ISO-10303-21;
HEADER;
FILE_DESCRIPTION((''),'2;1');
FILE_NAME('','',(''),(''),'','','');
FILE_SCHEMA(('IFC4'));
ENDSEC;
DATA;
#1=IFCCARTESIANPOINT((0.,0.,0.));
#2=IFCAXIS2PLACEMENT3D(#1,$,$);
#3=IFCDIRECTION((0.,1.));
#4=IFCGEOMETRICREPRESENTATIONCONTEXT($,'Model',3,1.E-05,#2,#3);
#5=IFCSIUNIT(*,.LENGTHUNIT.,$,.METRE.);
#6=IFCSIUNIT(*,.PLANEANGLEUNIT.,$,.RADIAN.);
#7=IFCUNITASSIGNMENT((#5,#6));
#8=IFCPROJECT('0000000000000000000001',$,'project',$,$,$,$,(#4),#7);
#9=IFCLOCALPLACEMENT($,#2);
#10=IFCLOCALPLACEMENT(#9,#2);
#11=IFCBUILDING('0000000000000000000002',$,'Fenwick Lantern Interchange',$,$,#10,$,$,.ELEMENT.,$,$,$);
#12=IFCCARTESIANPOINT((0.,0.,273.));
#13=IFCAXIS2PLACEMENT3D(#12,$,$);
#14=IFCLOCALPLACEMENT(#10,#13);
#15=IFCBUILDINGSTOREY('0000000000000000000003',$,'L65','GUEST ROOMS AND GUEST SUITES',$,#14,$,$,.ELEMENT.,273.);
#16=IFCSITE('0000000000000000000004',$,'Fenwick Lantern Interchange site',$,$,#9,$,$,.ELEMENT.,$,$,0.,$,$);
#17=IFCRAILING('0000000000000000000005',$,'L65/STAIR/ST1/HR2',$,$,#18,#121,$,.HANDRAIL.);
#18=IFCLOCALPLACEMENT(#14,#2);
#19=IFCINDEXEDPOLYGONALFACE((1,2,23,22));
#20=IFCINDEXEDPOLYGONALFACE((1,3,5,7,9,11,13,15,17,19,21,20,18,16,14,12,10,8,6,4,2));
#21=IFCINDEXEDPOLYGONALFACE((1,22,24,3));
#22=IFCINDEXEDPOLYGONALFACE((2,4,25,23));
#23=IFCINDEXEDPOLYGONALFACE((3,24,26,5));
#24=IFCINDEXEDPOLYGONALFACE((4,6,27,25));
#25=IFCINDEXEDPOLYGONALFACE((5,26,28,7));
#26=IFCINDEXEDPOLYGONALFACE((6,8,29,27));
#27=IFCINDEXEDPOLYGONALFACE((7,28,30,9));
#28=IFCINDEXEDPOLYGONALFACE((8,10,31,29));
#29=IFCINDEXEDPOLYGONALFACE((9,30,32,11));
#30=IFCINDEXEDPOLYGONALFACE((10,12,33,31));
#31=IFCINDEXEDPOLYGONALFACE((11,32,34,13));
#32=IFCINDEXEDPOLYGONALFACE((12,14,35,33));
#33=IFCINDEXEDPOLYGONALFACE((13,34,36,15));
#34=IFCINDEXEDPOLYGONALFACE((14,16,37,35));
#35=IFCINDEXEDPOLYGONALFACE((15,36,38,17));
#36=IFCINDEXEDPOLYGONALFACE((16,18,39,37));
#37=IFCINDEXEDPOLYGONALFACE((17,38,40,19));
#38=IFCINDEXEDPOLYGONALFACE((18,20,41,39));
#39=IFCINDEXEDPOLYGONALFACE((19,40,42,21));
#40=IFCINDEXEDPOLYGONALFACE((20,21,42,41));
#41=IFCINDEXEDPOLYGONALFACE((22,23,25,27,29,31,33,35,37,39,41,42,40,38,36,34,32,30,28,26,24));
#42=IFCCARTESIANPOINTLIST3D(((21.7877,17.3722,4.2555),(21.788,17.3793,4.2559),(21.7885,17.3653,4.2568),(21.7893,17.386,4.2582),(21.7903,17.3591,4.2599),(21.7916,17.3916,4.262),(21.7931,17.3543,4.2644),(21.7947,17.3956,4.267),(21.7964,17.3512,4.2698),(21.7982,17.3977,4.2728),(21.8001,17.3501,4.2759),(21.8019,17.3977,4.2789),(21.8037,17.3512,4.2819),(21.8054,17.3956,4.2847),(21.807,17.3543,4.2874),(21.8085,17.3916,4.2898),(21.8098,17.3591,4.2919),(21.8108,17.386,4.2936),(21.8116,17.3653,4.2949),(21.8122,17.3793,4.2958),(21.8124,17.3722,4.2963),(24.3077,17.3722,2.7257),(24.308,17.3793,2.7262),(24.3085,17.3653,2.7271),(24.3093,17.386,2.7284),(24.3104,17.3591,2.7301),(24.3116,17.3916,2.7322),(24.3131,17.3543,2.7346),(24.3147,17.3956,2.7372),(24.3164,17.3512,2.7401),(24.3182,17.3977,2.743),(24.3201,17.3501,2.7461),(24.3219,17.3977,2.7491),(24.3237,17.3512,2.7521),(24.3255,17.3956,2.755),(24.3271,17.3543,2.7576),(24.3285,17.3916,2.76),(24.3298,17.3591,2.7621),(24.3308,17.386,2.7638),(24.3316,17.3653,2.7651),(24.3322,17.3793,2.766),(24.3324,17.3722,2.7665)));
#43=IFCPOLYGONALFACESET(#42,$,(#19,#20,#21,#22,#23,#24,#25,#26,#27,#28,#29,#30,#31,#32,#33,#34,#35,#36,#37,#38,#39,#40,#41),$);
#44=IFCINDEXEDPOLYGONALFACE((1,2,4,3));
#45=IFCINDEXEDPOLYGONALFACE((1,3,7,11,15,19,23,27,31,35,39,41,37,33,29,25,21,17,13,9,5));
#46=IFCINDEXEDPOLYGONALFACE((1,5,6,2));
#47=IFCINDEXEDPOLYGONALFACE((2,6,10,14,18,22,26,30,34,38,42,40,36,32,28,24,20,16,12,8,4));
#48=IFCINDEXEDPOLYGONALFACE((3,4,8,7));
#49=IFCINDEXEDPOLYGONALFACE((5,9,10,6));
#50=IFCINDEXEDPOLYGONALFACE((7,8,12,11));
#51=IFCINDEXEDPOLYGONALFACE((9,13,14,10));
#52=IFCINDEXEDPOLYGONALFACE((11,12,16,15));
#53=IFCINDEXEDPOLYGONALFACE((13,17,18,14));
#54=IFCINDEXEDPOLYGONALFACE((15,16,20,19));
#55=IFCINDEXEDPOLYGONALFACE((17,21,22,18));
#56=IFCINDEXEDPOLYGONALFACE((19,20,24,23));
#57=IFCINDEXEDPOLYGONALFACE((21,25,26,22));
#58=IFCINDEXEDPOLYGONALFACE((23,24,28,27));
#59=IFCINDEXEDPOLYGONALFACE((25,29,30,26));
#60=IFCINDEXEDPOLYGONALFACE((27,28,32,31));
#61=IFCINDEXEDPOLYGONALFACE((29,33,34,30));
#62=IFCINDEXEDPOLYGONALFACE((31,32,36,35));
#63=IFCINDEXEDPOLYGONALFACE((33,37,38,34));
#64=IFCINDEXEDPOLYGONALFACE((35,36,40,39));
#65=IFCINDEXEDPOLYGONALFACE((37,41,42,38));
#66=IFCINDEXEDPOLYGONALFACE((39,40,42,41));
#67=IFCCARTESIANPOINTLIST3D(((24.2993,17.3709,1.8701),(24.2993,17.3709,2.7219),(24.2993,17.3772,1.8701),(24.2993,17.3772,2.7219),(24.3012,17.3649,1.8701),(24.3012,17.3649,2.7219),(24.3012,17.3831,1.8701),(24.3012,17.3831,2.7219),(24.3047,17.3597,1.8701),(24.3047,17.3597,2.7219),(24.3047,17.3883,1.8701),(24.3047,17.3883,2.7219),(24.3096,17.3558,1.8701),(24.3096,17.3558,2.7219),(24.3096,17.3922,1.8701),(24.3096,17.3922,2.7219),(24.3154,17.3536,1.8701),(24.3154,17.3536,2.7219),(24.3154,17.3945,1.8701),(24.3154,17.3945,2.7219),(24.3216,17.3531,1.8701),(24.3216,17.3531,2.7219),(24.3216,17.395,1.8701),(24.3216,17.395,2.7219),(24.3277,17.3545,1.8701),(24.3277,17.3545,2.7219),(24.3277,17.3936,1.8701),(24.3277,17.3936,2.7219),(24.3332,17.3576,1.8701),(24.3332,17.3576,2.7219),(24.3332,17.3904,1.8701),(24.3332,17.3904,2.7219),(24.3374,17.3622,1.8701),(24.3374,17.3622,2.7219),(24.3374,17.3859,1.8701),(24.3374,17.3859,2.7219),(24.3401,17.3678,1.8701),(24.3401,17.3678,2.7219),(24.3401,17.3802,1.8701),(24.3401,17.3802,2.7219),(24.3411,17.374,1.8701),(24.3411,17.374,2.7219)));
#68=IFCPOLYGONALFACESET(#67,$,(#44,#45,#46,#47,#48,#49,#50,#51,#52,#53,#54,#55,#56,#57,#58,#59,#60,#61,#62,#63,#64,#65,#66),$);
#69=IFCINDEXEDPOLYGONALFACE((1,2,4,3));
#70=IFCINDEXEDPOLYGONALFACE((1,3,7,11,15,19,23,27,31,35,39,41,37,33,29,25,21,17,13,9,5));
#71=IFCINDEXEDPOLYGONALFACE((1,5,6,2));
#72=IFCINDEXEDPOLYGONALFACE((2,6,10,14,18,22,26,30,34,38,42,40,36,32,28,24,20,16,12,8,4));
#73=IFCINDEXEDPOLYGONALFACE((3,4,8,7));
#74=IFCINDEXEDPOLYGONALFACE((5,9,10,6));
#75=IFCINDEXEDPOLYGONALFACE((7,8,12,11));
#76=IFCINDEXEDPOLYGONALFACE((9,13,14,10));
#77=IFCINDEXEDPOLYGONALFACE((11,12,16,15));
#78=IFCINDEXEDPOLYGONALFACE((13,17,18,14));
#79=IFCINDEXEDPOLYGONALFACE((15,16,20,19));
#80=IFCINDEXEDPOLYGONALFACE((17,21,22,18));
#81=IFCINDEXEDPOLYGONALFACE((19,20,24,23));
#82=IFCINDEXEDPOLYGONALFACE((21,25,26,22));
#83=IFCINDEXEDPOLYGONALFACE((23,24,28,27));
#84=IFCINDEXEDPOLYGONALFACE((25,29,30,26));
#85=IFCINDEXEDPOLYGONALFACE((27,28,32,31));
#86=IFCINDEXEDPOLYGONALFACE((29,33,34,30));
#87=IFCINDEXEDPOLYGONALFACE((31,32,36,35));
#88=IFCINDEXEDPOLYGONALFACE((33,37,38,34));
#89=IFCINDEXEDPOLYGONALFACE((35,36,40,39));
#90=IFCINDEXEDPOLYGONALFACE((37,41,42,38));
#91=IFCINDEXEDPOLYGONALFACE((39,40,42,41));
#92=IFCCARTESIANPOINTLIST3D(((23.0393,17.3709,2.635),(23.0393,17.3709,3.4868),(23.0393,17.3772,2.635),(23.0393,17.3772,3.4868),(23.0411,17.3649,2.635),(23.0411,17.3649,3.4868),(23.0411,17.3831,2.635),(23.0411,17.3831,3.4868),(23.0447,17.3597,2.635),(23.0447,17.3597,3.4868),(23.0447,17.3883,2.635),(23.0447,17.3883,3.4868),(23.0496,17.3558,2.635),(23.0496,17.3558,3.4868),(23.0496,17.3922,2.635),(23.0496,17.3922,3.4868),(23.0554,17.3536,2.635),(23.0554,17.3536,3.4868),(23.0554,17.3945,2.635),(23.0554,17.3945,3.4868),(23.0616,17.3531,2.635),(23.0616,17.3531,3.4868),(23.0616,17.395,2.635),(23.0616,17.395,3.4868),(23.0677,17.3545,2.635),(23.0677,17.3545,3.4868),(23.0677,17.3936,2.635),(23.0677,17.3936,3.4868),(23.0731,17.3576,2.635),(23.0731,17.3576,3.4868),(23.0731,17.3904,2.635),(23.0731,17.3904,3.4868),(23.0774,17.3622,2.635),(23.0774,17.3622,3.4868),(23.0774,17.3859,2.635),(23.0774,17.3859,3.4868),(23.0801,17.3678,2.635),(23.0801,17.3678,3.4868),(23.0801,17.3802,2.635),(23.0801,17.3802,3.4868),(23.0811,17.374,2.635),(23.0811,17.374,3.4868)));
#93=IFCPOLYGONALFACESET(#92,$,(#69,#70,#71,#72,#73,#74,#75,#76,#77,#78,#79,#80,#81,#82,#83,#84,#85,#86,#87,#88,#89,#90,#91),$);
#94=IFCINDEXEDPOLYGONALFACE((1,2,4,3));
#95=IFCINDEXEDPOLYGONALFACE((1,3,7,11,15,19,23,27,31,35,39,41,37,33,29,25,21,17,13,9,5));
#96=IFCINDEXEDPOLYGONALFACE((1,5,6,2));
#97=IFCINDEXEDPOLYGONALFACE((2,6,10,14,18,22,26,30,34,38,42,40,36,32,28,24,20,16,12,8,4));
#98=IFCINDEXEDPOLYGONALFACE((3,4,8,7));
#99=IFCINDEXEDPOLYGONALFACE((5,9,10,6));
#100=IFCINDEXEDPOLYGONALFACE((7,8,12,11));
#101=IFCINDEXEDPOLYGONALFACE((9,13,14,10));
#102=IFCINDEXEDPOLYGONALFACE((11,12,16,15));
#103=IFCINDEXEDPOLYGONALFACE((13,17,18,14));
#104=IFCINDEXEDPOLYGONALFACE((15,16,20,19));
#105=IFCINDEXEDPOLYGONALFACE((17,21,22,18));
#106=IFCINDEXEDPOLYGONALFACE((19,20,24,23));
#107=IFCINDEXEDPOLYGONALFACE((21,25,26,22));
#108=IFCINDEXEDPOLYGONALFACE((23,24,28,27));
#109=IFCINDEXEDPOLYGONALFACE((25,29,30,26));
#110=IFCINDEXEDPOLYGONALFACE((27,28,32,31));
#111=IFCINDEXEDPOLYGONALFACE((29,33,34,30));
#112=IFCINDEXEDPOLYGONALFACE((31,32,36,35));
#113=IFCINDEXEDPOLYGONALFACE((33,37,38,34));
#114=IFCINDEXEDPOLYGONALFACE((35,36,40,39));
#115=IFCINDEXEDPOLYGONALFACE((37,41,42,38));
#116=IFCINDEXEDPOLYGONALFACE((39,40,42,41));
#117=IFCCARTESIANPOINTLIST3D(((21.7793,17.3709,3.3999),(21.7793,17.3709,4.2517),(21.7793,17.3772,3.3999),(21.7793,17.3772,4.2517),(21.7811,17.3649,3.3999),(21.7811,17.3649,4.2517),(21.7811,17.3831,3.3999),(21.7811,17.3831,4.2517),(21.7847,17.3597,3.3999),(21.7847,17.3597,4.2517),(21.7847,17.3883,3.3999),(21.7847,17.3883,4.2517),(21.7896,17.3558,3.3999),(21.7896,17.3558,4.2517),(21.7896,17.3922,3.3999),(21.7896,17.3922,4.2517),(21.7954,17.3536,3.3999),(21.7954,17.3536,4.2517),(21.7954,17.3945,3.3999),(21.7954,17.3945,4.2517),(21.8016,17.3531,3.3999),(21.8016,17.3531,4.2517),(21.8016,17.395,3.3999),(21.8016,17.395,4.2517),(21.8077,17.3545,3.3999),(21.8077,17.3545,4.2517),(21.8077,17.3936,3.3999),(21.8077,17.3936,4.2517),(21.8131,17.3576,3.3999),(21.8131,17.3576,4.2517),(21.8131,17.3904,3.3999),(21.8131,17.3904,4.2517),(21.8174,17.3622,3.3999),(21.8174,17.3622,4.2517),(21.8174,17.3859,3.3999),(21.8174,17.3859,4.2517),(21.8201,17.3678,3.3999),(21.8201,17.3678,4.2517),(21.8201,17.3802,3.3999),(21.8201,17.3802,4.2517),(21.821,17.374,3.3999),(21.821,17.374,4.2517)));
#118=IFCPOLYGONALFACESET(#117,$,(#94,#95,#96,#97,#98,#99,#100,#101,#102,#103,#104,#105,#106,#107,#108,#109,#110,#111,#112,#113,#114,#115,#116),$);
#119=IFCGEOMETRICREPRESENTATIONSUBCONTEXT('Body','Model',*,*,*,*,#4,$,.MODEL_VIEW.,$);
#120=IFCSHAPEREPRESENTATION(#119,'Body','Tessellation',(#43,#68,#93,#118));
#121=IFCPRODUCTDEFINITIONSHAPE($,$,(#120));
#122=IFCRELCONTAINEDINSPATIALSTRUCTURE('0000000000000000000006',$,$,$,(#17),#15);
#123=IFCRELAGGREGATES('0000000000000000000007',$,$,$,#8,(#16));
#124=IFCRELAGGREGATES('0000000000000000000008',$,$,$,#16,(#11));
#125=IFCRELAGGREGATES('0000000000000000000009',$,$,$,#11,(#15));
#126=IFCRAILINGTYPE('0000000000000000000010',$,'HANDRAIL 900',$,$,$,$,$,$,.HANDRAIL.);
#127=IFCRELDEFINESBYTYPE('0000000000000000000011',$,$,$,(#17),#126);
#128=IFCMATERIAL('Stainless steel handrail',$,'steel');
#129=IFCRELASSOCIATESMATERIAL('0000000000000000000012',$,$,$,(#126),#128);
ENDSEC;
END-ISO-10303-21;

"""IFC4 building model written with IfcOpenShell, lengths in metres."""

from ifc_helpers import new_model, si_unit, direction, frame, origin, origin_2d, place, context, subcontext, project, spatial, circle, extrude, material, type_object, element, save


model = new_model("IFC4")

# Units and contexts
model_context = context("Model", 3, precision=1e-05, world=origin(), true_north=direction((0.0, 1.0)))
body_context = subcontext(model_context, "Body", "Model", "MODEL_VIEW")
ifc_project = project(units=[si_unit("LENGTHUNIT", "METRE"), si_unit("PLANEANGLEUNIT", "RADIAN")], contexts=[model_context])

# Site, building, storey
site_placement = place(None, origin())
site = spatial("IfcSite", under=ifc_project, at=site_placement, Name="Fenwick Lantern Interchange site", CompositionType="ELEMENT", RefElevation=0.0)
building_placement = place(site_placement, origin())
building = spatial("IfcBuilding", under=site, at=building_placement, Name="Fenwick Lantern Interchange", CompositionType="ELEMENT")
storey_placement = place(building_placement, frame((0.0, 0.0, 273.0)))
storey = spatial("IfcBuildingStorey", under=building, at=storey_placement, Name="L65", Description="GUEST ROOMS AND GUEST SUITES", CompositionType="ELEMENT", Elevation=273.0)

# Railing
ifc_material_1 = material(Name="Stainless steel handrail", Category="steel")
railing_type = type_object("IfcRailingType", Name="HANDRAIL 900", PredefinedType="HANDRAIL", material=ifc_material_1)
railing_1_placement = place(storey_placement, frame((24.3201, 17.374, 1.8701)))
element("IfcRailing", 1, at=railing_1_placement, inside=storey, type_object=railing_type, Name="L65/STAIR/ST1/HR2", PredefinedType="HANDRAIL", context=body_context, shape_type="SweptSolid", body=[
    extrude(circle(Radius=0.0239, at=origin_2d()), frame((0.0, 0.0, 0.876), z_axis=(-0.854822, 0.0, 0.518922), x_axis=(0.0, -1.0, 0.0)), (0.0, 0.0, 1.0), 2.948),
    extrude(circle(Radius=0.021, at=origin_2d()), origin(), (0.0, 0.0, 1.0), 0.8518),
    extrude(circle(Radius=0.021, at=origin_2d()), frame((-1.26, 0.0, 0.7649)), (0.0, 0.0, 1.0), 0.8518),
    extrude(circle(Radius=0.021, at=origin_2d()), frame((-2.52, 0.0, 1.5298)), (0.0, 0.0, 1.0), 0.8518),
])

save(model, "model.ifc")
